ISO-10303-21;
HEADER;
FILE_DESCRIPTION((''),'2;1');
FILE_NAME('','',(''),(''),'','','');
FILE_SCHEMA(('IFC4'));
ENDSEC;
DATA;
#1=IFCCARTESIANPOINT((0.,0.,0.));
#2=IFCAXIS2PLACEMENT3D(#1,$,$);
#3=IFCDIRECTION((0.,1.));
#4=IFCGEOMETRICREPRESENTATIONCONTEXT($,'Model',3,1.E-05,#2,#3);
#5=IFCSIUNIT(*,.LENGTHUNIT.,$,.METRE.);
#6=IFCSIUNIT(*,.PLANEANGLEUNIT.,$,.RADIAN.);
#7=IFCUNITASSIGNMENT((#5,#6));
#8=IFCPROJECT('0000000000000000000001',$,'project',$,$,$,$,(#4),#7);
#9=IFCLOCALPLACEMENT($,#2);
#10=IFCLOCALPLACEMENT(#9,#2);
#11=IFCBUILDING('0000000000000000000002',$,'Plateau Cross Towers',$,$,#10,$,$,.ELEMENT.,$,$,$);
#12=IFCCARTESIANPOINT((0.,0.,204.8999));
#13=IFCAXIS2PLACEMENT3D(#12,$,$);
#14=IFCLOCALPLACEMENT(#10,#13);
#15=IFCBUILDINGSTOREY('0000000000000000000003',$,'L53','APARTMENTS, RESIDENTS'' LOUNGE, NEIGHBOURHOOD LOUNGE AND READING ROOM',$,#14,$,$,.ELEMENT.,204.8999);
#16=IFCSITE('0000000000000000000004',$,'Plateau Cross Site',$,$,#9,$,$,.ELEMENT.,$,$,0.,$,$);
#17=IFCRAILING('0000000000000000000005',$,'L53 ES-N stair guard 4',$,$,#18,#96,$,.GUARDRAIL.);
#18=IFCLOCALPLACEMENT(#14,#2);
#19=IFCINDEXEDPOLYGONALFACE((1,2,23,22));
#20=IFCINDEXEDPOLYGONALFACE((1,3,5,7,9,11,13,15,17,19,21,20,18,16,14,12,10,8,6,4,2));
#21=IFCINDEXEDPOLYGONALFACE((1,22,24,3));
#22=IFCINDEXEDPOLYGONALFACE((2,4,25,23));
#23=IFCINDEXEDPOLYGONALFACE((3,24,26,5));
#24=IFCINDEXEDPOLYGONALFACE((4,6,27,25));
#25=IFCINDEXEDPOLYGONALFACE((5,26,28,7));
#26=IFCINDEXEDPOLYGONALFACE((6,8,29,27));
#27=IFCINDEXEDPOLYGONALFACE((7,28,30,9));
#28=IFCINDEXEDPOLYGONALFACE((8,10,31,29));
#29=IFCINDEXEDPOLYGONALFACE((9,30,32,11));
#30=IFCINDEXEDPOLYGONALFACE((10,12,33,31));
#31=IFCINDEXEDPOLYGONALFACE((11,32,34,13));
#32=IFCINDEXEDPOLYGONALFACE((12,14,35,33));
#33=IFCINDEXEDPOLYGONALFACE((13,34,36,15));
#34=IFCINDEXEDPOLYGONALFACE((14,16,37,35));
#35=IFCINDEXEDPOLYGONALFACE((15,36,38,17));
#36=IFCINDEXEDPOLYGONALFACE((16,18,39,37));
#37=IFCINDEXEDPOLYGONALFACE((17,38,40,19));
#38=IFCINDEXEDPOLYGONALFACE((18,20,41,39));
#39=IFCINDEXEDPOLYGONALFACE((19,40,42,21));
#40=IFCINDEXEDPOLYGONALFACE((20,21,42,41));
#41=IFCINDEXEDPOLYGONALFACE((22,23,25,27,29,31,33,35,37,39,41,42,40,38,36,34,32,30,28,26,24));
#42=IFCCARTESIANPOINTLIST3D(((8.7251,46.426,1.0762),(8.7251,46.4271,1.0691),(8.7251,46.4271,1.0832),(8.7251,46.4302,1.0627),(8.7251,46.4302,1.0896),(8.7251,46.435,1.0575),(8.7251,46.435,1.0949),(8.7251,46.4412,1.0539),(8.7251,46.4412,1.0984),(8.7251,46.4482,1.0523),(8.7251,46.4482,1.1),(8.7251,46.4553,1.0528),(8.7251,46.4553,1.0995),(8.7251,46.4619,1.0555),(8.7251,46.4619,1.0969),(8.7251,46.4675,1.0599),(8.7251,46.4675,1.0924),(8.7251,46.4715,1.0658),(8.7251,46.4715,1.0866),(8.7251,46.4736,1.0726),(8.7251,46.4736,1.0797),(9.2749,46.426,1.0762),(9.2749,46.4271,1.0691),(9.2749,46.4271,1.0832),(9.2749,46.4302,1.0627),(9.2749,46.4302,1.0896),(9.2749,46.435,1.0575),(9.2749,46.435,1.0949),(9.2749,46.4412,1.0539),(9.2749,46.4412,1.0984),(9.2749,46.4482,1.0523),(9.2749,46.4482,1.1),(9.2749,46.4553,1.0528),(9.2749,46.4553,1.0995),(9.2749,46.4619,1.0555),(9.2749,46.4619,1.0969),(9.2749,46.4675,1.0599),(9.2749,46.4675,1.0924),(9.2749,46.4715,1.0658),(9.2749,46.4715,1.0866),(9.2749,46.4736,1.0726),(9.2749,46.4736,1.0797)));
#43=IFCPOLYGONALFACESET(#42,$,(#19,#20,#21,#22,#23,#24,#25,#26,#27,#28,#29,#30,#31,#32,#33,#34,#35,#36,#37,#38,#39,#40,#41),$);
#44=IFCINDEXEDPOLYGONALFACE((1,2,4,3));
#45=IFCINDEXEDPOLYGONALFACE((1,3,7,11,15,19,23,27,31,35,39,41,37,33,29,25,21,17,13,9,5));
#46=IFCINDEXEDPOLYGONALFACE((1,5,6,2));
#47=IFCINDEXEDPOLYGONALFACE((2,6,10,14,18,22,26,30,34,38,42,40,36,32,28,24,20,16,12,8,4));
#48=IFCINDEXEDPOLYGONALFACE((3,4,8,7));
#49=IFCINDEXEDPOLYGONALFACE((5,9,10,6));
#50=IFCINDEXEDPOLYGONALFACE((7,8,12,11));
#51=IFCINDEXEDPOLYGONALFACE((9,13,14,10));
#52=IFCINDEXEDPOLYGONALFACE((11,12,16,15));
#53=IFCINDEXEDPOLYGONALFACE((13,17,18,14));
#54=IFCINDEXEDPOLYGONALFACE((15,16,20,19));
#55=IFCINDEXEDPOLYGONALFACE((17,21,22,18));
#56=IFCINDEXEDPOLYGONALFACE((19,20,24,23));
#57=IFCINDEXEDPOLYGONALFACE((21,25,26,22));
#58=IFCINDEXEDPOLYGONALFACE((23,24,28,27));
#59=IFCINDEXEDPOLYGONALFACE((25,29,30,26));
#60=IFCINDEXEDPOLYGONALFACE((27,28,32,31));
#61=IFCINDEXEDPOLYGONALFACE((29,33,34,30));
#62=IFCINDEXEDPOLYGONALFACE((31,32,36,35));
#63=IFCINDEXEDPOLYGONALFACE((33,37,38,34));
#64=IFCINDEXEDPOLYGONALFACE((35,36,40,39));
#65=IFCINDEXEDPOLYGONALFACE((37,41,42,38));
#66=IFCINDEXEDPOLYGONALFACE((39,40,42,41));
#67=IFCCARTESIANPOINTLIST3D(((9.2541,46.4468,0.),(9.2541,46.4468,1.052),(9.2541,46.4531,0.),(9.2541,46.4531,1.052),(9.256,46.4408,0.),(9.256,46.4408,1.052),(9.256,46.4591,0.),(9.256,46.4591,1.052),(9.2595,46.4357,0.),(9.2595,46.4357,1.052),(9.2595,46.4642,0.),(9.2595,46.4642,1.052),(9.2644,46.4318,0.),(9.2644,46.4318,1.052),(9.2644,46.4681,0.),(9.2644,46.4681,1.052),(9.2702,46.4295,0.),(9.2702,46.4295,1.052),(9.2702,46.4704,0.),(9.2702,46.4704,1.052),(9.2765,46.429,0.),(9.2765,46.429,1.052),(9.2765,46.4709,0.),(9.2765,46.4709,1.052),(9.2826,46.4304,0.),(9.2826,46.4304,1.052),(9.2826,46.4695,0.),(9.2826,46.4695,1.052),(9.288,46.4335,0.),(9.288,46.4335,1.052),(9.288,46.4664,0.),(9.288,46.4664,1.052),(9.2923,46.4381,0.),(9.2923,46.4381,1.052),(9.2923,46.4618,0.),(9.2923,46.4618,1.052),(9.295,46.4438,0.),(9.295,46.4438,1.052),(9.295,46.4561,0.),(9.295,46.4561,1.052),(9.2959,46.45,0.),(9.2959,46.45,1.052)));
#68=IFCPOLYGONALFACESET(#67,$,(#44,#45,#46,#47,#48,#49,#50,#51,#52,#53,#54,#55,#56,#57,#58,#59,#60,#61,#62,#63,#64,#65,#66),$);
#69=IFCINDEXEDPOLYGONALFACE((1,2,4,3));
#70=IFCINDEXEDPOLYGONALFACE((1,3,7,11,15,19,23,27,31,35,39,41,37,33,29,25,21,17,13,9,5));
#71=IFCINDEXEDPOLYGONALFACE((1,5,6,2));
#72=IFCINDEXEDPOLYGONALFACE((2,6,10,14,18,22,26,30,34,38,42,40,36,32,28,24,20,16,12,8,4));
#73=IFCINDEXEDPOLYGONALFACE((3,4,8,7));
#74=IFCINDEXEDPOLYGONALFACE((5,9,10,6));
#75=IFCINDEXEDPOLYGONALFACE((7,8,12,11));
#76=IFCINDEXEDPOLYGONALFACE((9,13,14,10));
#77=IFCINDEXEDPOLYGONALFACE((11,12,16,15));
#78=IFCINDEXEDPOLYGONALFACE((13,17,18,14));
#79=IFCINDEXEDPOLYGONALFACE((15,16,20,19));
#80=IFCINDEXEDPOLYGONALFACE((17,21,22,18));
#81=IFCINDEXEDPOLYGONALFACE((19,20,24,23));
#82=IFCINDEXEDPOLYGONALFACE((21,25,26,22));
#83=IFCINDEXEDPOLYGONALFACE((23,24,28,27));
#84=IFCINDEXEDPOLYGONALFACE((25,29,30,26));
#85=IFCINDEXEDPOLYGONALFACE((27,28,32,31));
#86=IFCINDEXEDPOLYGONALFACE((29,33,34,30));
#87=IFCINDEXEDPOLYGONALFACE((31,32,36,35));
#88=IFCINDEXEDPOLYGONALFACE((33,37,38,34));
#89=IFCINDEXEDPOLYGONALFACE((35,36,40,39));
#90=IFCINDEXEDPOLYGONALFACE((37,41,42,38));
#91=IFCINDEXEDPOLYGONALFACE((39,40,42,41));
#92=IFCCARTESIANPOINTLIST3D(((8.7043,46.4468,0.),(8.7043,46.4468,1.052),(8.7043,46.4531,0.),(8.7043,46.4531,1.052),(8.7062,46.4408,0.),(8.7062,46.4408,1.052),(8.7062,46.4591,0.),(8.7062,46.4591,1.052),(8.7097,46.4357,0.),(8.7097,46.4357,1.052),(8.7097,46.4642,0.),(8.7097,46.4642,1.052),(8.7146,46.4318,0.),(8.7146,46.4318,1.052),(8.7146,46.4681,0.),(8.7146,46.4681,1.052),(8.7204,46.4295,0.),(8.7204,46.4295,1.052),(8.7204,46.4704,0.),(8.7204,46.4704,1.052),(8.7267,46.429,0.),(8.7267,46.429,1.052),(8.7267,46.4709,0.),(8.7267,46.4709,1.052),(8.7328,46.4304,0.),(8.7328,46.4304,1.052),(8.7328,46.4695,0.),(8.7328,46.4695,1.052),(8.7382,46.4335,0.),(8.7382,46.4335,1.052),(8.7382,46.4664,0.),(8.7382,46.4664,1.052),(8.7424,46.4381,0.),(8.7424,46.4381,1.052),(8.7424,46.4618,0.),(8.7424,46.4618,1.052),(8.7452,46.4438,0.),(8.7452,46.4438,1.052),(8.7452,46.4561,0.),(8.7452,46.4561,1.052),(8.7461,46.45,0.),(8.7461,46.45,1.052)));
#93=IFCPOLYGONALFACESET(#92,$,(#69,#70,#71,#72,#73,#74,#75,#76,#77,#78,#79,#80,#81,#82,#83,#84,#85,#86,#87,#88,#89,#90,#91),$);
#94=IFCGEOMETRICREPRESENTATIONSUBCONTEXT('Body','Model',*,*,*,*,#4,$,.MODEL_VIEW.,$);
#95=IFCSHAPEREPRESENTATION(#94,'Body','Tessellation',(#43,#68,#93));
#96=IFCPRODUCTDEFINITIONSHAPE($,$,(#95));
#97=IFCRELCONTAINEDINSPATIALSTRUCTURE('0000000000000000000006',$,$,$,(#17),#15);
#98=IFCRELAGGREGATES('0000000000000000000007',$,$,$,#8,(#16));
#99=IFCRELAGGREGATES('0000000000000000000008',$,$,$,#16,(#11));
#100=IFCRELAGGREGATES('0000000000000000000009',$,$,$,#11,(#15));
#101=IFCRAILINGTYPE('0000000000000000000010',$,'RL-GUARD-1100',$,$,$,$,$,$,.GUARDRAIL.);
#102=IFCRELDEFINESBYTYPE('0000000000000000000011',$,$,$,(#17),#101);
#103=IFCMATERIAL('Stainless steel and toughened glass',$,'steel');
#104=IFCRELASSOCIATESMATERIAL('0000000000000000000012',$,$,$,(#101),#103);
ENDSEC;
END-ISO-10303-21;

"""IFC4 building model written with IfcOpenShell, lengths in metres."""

from ifc_helpers import new_model, si_unit, direction, frame, origin, origin_2d, place, context, subcontext, project, spatial, circle, extrude, material, type_object, element, save


model = new_model("IFC4")

# Units and contexts
model_context = context("Model", 3, precision=1e-05, world=origin(), true_north=direction((0.0, 1.0)))
body_context = subcontext(model_context, "Body", "Model", "MODEL_VIEW")
ifc_project = project(units=[si_unit("LENGTHUNIT", "METRE"), si_unit("PLANEANGLEUNIT", "RADIAN")], contexts=[model_context])

# Site, building, storey
site_placement = place(None, origin())
site = spatial("IfcSite", under=ifc_project, at=site_placement, Name="Plateau Cross Site", CompositionType="ELEMENT", RefElevation=0.0)
building_placement = place(site_placement, origin())
building = spatial("IfcBuilding", under=site, at=building_placement, Name="Plateau Cross Towers", CompositionType="ELEMENT")
storey_placement = place(building_placement, frame((0.0, 0.0, 204.8999)))
storey = spatial("IfcBuildingStorey", under=building, at=storey_placement, Name="L53", Description="APARTMENTS, RESIDENTS' LOUNGE, NEIGHBOURHOOD LOUNGE AND READING ROOM", CompositionType="ELEMENT", Elevation=204.8999)

# Railing
ifc_material_1 = material(Name="Stainless steel and toughened glass", Category="steel")
railing_type_1 = type_object("IfcRailingType", Name="RL-GUARD-1100", PredefinedType="GUARDRAIL", material=ifc_material_1)
railing_1_placement = place(storey_placement, frame((9.2749, 46.45, 0.0)))
element("IfcRailing", 1, at=railing_1_placement, inside=storey, type_object=railing_type_1, Name="L53 ES-N stair guard 4", PredefinedType="GUARDRAIL", context=body_context, shape_type="SweptSolid", body=[
    extrude(circle(Radius=0.0239, at=origin_2d()), frame((0.0, 0.0, 1.0762), z_axis=(-1.0, 0.0, 0.0), x_axis=(0.0, -1.0, 0.0)), (0.0, 0.0, 1.0), 0.5498),
    extrude(circle(Radius=0.021, at=origin_2d()), origin(), (0.0, 0.0, 1.0), 1.052),
    extrude(circle(Radius=0.021, at=origin_2d()), frame((-0.5498, 0.0, 0.0)), (0.0, 0.0, 1.0), 1.052),
])

save(model, "model.ifc")
